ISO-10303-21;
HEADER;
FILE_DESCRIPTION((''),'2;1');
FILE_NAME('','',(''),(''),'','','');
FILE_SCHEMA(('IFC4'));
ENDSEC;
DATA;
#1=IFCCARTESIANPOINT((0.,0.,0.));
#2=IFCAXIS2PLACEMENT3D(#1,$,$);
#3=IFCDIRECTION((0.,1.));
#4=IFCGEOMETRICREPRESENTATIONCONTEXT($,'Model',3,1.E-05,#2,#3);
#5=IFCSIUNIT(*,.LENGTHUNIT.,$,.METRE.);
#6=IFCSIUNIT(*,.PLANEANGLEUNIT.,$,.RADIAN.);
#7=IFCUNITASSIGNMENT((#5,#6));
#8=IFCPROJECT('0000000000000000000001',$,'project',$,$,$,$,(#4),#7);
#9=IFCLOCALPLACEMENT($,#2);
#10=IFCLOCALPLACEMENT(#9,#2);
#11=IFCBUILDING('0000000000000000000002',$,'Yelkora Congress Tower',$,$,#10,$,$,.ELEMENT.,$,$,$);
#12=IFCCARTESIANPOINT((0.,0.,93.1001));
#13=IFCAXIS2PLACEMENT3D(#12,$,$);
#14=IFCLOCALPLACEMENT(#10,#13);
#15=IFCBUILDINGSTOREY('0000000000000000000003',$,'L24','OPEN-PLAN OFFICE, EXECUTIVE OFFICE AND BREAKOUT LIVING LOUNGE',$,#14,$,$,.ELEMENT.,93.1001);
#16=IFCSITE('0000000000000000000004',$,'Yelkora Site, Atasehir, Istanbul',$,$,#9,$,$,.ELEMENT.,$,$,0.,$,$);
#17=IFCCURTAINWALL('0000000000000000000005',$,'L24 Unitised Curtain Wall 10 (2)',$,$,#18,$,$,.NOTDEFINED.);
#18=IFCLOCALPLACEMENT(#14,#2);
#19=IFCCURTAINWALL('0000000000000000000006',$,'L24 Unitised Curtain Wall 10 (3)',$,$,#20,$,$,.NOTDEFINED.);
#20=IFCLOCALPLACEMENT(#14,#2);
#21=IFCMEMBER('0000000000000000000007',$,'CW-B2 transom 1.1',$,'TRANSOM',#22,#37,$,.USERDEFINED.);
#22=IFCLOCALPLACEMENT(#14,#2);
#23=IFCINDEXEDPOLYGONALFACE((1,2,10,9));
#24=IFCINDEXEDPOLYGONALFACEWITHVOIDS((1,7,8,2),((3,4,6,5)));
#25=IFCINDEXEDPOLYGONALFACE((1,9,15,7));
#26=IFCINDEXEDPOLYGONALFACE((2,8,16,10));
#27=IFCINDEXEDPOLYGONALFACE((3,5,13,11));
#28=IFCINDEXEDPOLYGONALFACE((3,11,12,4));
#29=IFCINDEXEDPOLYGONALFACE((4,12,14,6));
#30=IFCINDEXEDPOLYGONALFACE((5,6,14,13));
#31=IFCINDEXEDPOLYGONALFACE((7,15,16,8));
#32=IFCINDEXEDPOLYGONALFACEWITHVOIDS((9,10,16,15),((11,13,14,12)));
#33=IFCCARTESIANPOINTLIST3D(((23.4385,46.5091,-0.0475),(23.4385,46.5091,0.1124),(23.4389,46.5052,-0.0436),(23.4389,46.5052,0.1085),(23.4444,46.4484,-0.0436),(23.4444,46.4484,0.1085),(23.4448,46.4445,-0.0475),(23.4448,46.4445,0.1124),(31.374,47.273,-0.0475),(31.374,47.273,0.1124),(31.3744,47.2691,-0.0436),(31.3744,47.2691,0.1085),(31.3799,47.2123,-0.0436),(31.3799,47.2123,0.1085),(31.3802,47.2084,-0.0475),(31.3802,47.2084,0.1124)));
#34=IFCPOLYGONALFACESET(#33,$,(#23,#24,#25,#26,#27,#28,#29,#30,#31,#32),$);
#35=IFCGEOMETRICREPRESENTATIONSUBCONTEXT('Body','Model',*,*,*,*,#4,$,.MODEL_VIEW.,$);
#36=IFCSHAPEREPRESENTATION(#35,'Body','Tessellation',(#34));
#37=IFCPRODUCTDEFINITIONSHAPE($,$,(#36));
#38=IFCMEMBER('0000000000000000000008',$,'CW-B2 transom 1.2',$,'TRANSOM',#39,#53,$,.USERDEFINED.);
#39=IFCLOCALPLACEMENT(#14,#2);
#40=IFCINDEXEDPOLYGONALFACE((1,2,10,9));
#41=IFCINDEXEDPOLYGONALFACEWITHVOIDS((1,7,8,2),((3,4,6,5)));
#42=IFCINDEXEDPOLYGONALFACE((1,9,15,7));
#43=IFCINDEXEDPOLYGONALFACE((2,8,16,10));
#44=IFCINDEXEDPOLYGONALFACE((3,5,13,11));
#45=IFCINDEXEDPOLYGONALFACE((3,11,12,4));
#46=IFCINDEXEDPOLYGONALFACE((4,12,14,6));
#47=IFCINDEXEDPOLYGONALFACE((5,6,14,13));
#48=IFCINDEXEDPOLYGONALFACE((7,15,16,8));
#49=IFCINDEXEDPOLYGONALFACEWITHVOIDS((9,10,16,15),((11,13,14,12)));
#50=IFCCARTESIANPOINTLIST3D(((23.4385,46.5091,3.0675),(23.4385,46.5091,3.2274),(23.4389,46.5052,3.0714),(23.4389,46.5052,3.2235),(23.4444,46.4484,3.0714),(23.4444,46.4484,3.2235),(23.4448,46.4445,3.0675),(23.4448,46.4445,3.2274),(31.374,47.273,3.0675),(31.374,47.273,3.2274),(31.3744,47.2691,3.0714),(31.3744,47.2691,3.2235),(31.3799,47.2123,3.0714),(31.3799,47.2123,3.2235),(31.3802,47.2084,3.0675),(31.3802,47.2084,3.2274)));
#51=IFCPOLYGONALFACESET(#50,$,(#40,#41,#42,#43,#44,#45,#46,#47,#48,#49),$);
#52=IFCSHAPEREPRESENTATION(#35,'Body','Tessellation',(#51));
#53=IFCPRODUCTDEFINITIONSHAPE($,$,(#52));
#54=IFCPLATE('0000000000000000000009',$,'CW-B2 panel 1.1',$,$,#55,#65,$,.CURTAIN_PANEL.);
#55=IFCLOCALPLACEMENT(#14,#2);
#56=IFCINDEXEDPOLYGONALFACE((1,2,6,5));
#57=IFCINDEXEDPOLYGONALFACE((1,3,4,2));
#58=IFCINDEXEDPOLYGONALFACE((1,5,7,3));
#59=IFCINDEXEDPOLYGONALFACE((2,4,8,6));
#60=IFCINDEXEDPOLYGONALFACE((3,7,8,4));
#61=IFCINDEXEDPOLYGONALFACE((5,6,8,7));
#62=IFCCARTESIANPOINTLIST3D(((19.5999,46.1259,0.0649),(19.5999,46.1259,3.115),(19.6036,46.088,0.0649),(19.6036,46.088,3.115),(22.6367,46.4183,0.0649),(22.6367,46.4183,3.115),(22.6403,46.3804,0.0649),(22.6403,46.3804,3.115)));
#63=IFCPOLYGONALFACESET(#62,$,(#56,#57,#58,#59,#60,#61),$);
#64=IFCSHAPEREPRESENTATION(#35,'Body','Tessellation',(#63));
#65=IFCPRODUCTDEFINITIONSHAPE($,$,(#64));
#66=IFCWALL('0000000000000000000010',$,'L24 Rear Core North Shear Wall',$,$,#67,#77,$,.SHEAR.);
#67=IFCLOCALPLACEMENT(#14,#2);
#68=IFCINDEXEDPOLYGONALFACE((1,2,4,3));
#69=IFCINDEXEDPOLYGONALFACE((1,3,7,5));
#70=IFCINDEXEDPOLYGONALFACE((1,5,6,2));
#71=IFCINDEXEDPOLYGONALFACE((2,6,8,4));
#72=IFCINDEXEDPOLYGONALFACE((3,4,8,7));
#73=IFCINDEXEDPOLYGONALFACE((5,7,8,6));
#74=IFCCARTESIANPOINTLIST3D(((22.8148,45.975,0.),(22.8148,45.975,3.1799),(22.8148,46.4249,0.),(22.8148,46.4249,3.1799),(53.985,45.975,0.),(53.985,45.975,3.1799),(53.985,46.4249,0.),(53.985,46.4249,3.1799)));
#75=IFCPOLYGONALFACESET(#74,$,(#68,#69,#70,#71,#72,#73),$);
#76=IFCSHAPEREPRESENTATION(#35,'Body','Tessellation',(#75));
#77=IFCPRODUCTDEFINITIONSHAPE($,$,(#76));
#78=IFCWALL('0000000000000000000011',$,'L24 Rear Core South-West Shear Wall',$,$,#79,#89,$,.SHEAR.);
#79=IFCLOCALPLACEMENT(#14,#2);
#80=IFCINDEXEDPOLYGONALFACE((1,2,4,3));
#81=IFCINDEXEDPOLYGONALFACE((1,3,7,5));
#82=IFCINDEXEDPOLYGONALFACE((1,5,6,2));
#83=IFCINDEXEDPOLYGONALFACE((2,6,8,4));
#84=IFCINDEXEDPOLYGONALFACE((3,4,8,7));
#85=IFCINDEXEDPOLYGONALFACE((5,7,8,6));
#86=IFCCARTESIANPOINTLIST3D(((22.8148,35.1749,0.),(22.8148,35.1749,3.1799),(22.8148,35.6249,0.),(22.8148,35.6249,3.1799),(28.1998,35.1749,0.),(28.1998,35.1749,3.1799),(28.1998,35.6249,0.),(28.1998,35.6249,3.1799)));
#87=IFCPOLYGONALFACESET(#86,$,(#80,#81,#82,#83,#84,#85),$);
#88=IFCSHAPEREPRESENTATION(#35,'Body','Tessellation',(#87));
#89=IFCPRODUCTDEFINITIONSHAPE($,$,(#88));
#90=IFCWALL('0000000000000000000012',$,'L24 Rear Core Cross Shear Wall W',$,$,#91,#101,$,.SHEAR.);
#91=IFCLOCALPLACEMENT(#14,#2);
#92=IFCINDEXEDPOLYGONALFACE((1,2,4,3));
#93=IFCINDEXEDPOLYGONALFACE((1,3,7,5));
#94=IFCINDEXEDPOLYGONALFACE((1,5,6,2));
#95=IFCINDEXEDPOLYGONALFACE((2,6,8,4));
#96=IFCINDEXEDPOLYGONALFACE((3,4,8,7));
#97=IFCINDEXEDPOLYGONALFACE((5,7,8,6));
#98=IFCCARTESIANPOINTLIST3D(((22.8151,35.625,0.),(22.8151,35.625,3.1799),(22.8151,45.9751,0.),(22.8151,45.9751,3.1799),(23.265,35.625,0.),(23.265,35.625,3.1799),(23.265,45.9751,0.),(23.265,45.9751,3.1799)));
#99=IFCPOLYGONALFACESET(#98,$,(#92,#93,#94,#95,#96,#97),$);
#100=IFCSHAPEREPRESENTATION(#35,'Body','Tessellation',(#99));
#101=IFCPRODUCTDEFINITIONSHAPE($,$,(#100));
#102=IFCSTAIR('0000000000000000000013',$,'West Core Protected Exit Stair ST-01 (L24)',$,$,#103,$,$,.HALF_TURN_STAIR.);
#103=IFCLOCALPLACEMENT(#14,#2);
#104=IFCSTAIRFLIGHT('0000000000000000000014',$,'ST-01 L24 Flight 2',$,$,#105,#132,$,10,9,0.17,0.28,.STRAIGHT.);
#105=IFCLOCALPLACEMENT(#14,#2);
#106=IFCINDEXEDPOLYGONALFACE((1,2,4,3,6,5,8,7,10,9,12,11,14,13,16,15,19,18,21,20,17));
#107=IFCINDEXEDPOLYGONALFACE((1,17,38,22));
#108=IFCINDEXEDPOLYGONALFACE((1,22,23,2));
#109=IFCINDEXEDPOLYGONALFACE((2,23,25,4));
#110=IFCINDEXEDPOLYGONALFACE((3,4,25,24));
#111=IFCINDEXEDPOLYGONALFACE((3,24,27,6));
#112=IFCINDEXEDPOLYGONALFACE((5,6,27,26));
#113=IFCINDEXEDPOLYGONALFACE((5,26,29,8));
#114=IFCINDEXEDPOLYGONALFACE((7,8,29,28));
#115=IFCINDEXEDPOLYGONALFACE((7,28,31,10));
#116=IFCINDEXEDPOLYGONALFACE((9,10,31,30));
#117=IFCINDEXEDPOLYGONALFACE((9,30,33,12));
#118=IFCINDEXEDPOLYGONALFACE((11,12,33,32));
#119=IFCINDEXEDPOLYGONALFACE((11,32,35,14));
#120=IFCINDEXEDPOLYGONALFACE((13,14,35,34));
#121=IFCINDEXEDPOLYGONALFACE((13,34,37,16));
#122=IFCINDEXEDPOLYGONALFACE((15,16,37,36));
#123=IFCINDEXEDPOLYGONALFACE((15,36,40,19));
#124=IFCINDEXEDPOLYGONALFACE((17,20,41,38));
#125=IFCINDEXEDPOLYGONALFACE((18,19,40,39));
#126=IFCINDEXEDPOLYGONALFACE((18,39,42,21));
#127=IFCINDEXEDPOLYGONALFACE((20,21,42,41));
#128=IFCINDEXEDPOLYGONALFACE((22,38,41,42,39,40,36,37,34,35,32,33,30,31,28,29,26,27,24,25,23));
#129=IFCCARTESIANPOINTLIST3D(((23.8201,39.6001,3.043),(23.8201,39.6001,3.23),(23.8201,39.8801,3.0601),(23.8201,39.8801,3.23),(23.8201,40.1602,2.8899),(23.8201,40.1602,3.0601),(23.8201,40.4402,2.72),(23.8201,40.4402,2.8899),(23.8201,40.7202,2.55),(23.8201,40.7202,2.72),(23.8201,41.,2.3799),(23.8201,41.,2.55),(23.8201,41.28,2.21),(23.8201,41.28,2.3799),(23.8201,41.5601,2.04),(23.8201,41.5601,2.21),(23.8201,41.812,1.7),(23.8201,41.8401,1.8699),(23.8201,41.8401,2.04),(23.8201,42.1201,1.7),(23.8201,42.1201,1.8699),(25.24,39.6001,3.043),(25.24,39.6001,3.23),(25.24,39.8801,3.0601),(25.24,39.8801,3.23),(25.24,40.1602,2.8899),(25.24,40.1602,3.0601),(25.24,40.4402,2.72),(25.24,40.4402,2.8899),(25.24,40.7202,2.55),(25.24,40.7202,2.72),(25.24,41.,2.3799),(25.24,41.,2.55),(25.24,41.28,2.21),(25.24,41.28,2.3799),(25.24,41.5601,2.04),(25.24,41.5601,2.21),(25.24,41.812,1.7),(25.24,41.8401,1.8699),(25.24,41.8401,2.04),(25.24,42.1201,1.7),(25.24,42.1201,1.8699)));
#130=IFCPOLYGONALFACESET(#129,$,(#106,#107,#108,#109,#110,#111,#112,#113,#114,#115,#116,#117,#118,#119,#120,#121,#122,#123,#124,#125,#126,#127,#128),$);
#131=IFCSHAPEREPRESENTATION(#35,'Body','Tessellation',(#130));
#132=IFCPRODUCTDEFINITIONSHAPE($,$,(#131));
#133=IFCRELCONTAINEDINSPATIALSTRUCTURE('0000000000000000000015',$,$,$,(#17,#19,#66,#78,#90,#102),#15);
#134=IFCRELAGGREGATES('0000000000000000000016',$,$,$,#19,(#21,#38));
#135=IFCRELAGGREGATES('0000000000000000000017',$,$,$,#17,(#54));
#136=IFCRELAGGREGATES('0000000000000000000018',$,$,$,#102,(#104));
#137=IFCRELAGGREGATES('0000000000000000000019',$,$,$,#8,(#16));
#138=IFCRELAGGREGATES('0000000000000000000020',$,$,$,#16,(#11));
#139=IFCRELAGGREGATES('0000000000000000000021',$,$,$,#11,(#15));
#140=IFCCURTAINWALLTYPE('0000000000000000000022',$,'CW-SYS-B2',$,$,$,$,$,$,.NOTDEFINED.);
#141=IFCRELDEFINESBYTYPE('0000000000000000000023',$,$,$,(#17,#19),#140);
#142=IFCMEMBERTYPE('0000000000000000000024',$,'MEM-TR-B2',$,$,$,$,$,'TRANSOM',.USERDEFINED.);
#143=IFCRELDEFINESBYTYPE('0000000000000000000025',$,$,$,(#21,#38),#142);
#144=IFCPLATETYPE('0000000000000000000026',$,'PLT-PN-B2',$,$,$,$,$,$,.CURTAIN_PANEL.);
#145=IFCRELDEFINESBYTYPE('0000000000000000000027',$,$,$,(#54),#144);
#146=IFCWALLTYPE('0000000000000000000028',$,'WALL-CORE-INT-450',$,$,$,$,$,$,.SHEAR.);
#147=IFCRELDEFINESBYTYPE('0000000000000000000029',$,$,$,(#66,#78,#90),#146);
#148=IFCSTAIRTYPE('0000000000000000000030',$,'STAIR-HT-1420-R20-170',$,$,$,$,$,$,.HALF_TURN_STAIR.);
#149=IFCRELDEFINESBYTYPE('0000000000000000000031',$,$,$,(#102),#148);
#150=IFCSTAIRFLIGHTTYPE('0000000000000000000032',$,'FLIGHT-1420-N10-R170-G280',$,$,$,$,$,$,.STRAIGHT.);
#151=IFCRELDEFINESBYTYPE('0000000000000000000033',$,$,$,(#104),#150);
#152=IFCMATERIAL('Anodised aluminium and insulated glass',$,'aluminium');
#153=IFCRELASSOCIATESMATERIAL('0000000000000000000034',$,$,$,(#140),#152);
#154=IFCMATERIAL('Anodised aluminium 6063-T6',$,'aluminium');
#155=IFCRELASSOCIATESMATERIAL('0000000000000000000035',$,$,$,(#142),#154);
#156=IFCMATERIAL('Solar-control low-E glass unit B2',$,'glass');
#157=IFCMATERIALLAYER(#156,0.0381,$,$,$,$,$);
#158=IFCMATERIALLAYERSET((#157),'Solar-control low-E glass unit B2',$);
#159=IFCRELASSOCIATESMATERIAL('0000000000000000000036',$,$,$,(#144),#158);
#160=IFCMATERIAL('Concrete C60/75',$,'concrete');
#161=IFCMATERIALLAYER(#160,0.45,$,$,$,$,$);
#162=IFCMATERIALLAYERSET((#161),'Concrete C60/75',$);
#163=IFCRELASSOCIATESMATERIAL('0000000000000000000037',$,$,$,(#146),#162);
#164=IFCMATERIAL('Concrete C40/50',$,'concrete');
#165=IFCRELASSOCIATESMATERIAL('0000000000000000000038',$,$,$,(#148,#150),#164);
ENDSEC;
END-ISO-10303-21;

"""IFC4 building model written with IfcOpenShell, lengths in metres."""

from ifc_helpers import new_model, si_unit, direction, frame, frame_2d, origin, origin_2d, place, context, subcontext, project, spatial, polyline, rectangle, hollow_rectangle, outline, extrude, material, layer, layer_set, material_profile, profile_set, type_object, element, aggregate, save


model = new_model("IFC4")

# Units and contexts
model_context = context("Model", 3, precision=1e-05, world=origin(), true_north=direction((0.0, 1.0)))
body_context = subcontext(model_context, "Body", "Model", "MODEL_VIEW")
ifc_project = project(units=[si_unit("LENGTHUNIT", "METRE"), si_unit("PLANEANGLEUNIT", "RADIAN")], contexts=[model_context])

# Site, building, storey
site_placement = place(None, origin())
site = spatial("IfcSite", under=ifc_project, at=site_placement, Name="Yelkora Site, Atasehir, Istanbul", CompositionType="ELEMENT", RefElevation=0.0)
building_placement = place(site_placement, origin())
building = spatial("IfcBuilding", under=site, at=building_placement, Name="Yelkora Congress Tower", CompositionType="ELEMENT")
storey_placement = place(building_placement, frame((0.0, 0.0, 93.1001)))
storey = spatial("IfcBuildingStorey", under=building, at=storey_placement, Name="L24", Description="OPEN-PLAN OFFICE, EXECUTIVE OFFICE AND BREAKOUT LIVING LOUNGE", CompositionType="ELEMENT", Elevation=93.1001)

# Curtain wall
ifc_material_1 = material(Name="Anodised aluminium and insulated glass", Category="aluminium")
curtain_wall_type = type_object("IfcCurtainWallType", Name="CW-SYS-B2", PredefinedType="NOTDEFINED", material=ifc_material_1)
curtain_wall_1_placement = place(storey_placement, origin())
curtain_wall_1 = element("IfcCurtainWall", 1, at=curtain_wall_1_placement, inside=storey, type_object=curtain_wall_type, Name="L24 Unitised Curtain Wall 10 (2)", PredefinedType="NOTDEFINED")
ifc_material_2 = material(Name="Anodised aluminium 6063-T6", Category="aluminium")

# Curtain wall, members
curtain_wall_2_placement = place(storey_placement, origin())
curtain_wall_2 = element("IfcCurtainWall", 2, at=curtain_wall_2_placement, inside=storey, type_object=curtain_wall_type, Name="L24 Unitised Curtain Wall 10 (3)", PredefinedType="NOTDEFINED")
ifc_material_profile_1 = material_profile(ifc_material_2, hollow_rectangle(XDim=0.0649, YDim=0.1599, WallThickness=0.0039, at=origin_2d()), Name="ALU 65x160x4")
ifc_profile_set_1 = profile_set([ifc_material_profile_1], Name="Anodised aluminium 6063-T6")
member_type_1 = type_object("IfcMemberType", Name="MEM-TR-B2", ElementType="TRANSOM", PredefinedType="USERDEFINED", material=ifc_profile_set_1)
member_1_placement = place(storey_placement, frame((23.4417, 46.4768, 0.0325), z_axis=(0.995398, 0.095822, 0.0), x_axis=(-0.095822, 0.995398, 0.0)))
member_1 = element("IfcMember", 3, at=member_1_placement, type_object=member_type_1, Name="CW-B2 transom 1.1", ObjectType="TRANSOM", PredefinedType="USERDEFINED", context=body_context, shape_type="SweptSolid", body=[
    extrude(hollow_rectangle(XDim=0.0649, YDim=0.1599, WallThickness=0.0039, at=origin_2d()), origin(), (0.0, 0.0, 1.0), 7.9722),
])
member_2_placement = place(storey_placement, frame((23.4417, 46.4768, 3.1475), z_axis=(0.995398, 0.095822, 0.0), x_axis=(-0.095822, 0.995398, 0.0)))
member_2 = element("IfcMember", 4, at=member_2_placement, type_object=member_type_1, Name="CW-B2 transom 1.2", ObjectType="TRANSOM", PredefinedType="USERDEFINED", context=body_context, shape_type="SweptSolid", body=[
    extrude(hollow_rectangle(XDim=0.0649, YDim=0.1599, WallThickness=0.0039, at=origin_2d()), origin(), (0.0, 0.0, 1.0), 7.9722),
])
aggregate(curtain_wall_2, [member_1, member_2])

# Plate
ifc_material_3 = material(Name="Solar-control low-E glass unit B2", Category="glass")
ifc_layer_1 = layer(ifc_material_3, 0.0381)
ifc_layer_set_1 = layer_set([ifc_layer_1], Name="Solar-control low-E glass unit B2")
plate_type = type_object("IfcPlateType", Name="PLT-PN-B2", PredefinedType="CURTAIN_PANEL", material=ifc_layer_set_1)
plate_placement = place(storey_placement, frame((21.1201, 46.2532, 0.0649), z_axis=(0.0, 0.0, 1.0), x_axis=(0.995397, 0.095841, 0.0)))
plate = element("IfcPlate", 5, at=plate_placement, type_object=plate_type, Name="CW-B2 panel 1.1", PredefinedType="CURTAIN_PANEL", context=body_context, shape_type="SweptSolid", body=[
    extrude(rectangle(XDim=3.0508, YDim=0.0381, at=origin_2d()), origin(), (0.0, 0.0, 1.0), 3.05),
])
aggregate(curtain_wall_1, [plate])

# Walls
ifc_material_4 = material(Name="Concrete C60/75", Category="concrete")
ifc_layer_2 = layer(ifc_material_4, 0.45)
ifc_layer_set_2 = layer_set([ifc_layer_2], Name="Concrete C60/75")
wall_type_1 = type_object("IfcWallType", Name="WALL-CORE-INT-450", PredefinedType="SHEAR", material=ifc_layer_set_2)
wall_1_placement = place(storey_placement, frame((22.8149, 46.2, 0.0), z_axis=(0.0, 0.0, 1.0), x_axis=(1.0, 0.0, 0.0)))
element("IfcWall", 6, at=wall_1_placement, inside=storey, type_object=wall_type_1, Name="L24 Rear Core North Shear Wall", PredefinedType="SHEAR", context=body_context, shape_type="SweptSolid", body=[
    extrude(rectangle(XDim=31.1702, YDim=0.45, at=frame_2d((15.585, 0.0))), origin(), (0.0, 0.0, 1.0), 3.1799),
])
wall_2_placement = place(storey_placement, frame((22.8149, 35.3999, 0.0), z_axis=(0.0, 0.0, 1.0), x_axis=(1.0, 0.0, 0.0)))
element("IfcWall", 7, at=wall_2_placement, inside=storey, type_object=wall_type_1, Name="L24 Rear Core South-West Shear Wall", PredefinedType="SHEAR", context=body_context, shape_type="SweptSolid", body=[
    extrude(rectangle(XDim=5.385, YDim=0.45, at=frame_2d((2.6924, 0.0))), origin(), (0.0, 0.0, 1.0), 3.1799),
])
wall_3_placement = place(storey_placement, frame((23.04, 35.625, 0.0), z_axis=(0.0, 0.0, 1.0), x_axis=(0.0, 1.0, 0.0)))
element("IfcWall", 8, at=wall_3_placement, inside=storey, type_object=wall_type_1, Name="L24 Rear Core Cross Shear Wall W", PredefinedType="SHEAR", context=body_context, shape_type="SweptSolid", body=[
    extrude(rectangle(XDim=10.3501, YDim=0.45, at=frame_2d((5.175, 0.0))), origin(), (0.0, 0.0, 1.0), 3.1799),
])

# Stair, stair flight
ifc_material_5 = material(Name="Concrete C40/50", Category="concrete")
stair_type = type_object("IfcStairType", Name="STAIR-HT-1420-R20-170", PredefinedType="HALF_TURN_STAIR", material=ifc_material_5)
stair_placement = place(storey_placement, origin())
stair = element("IfcStair", 9, at=stair_placement, inside=storey, type_object=stair_type, Name="West Core Protected Exit Stair ST-01 (L24)", PredefinedType="HALF_TURN_STAIR")
stair_flight_type = type_object("IfcStairFlightType", Name="FLIGHT-1420-N10-R170-G280", PredefinedType="STRAIGHT", material=ifc_material_5)
stair_flight_placement = place(storey_placement, frame((24.53, 42.1201, 1.7), z_axis=(0.0, 0.0, 1.0), x_axis=(0.0, -1.0, 0.0)))
stair_flight = element("IfcStairFlight", 10, at=stair_flight_placement, type_object=stair_flight_type, Name="ST-01 L24 Flight 2", NumberOfRisers=10, NumberOfTreads=9, PredefinedType="STRAIGHT", RiserHeight=0.17, TreadLength=0.28, context=body_context, shape_type="SweptSolid", body=[
    extrude(outline(polyline([(0.0, 0.0), (0.0, 0.1699), (0.28, 0.1699), (0.28, 0.3401), (0.5601, 0.3401), (0.5601, 0.51), (0.8401, 0.51), (0.8401, 0.6799), (1.1201, 0.6799), (1.1201, 0.8501), (1.3999, 0.8501), (1.3999, 1.02), (1.6799, 1.02), (1.6799, 1.1899), (1.96, 1.1899), (1.96, 1.3601), (2.24, 1.3601), (2.24, 1.53), (2.52, 1.53), (2.52, 1.7), (2.52, 1.343), (0.3081, 0.0), (0.0, 0.0)])), frame((0.0, 0.71, 0.0), z_axis=(0.0, -1.0, 0.0), x_axis=(1.0, 0.0, 0.0)), (0.0, 0.0, 1.0), 1.4199),
])
aggregate(stair, [stair_flight])

save(model, "model.ifc")
